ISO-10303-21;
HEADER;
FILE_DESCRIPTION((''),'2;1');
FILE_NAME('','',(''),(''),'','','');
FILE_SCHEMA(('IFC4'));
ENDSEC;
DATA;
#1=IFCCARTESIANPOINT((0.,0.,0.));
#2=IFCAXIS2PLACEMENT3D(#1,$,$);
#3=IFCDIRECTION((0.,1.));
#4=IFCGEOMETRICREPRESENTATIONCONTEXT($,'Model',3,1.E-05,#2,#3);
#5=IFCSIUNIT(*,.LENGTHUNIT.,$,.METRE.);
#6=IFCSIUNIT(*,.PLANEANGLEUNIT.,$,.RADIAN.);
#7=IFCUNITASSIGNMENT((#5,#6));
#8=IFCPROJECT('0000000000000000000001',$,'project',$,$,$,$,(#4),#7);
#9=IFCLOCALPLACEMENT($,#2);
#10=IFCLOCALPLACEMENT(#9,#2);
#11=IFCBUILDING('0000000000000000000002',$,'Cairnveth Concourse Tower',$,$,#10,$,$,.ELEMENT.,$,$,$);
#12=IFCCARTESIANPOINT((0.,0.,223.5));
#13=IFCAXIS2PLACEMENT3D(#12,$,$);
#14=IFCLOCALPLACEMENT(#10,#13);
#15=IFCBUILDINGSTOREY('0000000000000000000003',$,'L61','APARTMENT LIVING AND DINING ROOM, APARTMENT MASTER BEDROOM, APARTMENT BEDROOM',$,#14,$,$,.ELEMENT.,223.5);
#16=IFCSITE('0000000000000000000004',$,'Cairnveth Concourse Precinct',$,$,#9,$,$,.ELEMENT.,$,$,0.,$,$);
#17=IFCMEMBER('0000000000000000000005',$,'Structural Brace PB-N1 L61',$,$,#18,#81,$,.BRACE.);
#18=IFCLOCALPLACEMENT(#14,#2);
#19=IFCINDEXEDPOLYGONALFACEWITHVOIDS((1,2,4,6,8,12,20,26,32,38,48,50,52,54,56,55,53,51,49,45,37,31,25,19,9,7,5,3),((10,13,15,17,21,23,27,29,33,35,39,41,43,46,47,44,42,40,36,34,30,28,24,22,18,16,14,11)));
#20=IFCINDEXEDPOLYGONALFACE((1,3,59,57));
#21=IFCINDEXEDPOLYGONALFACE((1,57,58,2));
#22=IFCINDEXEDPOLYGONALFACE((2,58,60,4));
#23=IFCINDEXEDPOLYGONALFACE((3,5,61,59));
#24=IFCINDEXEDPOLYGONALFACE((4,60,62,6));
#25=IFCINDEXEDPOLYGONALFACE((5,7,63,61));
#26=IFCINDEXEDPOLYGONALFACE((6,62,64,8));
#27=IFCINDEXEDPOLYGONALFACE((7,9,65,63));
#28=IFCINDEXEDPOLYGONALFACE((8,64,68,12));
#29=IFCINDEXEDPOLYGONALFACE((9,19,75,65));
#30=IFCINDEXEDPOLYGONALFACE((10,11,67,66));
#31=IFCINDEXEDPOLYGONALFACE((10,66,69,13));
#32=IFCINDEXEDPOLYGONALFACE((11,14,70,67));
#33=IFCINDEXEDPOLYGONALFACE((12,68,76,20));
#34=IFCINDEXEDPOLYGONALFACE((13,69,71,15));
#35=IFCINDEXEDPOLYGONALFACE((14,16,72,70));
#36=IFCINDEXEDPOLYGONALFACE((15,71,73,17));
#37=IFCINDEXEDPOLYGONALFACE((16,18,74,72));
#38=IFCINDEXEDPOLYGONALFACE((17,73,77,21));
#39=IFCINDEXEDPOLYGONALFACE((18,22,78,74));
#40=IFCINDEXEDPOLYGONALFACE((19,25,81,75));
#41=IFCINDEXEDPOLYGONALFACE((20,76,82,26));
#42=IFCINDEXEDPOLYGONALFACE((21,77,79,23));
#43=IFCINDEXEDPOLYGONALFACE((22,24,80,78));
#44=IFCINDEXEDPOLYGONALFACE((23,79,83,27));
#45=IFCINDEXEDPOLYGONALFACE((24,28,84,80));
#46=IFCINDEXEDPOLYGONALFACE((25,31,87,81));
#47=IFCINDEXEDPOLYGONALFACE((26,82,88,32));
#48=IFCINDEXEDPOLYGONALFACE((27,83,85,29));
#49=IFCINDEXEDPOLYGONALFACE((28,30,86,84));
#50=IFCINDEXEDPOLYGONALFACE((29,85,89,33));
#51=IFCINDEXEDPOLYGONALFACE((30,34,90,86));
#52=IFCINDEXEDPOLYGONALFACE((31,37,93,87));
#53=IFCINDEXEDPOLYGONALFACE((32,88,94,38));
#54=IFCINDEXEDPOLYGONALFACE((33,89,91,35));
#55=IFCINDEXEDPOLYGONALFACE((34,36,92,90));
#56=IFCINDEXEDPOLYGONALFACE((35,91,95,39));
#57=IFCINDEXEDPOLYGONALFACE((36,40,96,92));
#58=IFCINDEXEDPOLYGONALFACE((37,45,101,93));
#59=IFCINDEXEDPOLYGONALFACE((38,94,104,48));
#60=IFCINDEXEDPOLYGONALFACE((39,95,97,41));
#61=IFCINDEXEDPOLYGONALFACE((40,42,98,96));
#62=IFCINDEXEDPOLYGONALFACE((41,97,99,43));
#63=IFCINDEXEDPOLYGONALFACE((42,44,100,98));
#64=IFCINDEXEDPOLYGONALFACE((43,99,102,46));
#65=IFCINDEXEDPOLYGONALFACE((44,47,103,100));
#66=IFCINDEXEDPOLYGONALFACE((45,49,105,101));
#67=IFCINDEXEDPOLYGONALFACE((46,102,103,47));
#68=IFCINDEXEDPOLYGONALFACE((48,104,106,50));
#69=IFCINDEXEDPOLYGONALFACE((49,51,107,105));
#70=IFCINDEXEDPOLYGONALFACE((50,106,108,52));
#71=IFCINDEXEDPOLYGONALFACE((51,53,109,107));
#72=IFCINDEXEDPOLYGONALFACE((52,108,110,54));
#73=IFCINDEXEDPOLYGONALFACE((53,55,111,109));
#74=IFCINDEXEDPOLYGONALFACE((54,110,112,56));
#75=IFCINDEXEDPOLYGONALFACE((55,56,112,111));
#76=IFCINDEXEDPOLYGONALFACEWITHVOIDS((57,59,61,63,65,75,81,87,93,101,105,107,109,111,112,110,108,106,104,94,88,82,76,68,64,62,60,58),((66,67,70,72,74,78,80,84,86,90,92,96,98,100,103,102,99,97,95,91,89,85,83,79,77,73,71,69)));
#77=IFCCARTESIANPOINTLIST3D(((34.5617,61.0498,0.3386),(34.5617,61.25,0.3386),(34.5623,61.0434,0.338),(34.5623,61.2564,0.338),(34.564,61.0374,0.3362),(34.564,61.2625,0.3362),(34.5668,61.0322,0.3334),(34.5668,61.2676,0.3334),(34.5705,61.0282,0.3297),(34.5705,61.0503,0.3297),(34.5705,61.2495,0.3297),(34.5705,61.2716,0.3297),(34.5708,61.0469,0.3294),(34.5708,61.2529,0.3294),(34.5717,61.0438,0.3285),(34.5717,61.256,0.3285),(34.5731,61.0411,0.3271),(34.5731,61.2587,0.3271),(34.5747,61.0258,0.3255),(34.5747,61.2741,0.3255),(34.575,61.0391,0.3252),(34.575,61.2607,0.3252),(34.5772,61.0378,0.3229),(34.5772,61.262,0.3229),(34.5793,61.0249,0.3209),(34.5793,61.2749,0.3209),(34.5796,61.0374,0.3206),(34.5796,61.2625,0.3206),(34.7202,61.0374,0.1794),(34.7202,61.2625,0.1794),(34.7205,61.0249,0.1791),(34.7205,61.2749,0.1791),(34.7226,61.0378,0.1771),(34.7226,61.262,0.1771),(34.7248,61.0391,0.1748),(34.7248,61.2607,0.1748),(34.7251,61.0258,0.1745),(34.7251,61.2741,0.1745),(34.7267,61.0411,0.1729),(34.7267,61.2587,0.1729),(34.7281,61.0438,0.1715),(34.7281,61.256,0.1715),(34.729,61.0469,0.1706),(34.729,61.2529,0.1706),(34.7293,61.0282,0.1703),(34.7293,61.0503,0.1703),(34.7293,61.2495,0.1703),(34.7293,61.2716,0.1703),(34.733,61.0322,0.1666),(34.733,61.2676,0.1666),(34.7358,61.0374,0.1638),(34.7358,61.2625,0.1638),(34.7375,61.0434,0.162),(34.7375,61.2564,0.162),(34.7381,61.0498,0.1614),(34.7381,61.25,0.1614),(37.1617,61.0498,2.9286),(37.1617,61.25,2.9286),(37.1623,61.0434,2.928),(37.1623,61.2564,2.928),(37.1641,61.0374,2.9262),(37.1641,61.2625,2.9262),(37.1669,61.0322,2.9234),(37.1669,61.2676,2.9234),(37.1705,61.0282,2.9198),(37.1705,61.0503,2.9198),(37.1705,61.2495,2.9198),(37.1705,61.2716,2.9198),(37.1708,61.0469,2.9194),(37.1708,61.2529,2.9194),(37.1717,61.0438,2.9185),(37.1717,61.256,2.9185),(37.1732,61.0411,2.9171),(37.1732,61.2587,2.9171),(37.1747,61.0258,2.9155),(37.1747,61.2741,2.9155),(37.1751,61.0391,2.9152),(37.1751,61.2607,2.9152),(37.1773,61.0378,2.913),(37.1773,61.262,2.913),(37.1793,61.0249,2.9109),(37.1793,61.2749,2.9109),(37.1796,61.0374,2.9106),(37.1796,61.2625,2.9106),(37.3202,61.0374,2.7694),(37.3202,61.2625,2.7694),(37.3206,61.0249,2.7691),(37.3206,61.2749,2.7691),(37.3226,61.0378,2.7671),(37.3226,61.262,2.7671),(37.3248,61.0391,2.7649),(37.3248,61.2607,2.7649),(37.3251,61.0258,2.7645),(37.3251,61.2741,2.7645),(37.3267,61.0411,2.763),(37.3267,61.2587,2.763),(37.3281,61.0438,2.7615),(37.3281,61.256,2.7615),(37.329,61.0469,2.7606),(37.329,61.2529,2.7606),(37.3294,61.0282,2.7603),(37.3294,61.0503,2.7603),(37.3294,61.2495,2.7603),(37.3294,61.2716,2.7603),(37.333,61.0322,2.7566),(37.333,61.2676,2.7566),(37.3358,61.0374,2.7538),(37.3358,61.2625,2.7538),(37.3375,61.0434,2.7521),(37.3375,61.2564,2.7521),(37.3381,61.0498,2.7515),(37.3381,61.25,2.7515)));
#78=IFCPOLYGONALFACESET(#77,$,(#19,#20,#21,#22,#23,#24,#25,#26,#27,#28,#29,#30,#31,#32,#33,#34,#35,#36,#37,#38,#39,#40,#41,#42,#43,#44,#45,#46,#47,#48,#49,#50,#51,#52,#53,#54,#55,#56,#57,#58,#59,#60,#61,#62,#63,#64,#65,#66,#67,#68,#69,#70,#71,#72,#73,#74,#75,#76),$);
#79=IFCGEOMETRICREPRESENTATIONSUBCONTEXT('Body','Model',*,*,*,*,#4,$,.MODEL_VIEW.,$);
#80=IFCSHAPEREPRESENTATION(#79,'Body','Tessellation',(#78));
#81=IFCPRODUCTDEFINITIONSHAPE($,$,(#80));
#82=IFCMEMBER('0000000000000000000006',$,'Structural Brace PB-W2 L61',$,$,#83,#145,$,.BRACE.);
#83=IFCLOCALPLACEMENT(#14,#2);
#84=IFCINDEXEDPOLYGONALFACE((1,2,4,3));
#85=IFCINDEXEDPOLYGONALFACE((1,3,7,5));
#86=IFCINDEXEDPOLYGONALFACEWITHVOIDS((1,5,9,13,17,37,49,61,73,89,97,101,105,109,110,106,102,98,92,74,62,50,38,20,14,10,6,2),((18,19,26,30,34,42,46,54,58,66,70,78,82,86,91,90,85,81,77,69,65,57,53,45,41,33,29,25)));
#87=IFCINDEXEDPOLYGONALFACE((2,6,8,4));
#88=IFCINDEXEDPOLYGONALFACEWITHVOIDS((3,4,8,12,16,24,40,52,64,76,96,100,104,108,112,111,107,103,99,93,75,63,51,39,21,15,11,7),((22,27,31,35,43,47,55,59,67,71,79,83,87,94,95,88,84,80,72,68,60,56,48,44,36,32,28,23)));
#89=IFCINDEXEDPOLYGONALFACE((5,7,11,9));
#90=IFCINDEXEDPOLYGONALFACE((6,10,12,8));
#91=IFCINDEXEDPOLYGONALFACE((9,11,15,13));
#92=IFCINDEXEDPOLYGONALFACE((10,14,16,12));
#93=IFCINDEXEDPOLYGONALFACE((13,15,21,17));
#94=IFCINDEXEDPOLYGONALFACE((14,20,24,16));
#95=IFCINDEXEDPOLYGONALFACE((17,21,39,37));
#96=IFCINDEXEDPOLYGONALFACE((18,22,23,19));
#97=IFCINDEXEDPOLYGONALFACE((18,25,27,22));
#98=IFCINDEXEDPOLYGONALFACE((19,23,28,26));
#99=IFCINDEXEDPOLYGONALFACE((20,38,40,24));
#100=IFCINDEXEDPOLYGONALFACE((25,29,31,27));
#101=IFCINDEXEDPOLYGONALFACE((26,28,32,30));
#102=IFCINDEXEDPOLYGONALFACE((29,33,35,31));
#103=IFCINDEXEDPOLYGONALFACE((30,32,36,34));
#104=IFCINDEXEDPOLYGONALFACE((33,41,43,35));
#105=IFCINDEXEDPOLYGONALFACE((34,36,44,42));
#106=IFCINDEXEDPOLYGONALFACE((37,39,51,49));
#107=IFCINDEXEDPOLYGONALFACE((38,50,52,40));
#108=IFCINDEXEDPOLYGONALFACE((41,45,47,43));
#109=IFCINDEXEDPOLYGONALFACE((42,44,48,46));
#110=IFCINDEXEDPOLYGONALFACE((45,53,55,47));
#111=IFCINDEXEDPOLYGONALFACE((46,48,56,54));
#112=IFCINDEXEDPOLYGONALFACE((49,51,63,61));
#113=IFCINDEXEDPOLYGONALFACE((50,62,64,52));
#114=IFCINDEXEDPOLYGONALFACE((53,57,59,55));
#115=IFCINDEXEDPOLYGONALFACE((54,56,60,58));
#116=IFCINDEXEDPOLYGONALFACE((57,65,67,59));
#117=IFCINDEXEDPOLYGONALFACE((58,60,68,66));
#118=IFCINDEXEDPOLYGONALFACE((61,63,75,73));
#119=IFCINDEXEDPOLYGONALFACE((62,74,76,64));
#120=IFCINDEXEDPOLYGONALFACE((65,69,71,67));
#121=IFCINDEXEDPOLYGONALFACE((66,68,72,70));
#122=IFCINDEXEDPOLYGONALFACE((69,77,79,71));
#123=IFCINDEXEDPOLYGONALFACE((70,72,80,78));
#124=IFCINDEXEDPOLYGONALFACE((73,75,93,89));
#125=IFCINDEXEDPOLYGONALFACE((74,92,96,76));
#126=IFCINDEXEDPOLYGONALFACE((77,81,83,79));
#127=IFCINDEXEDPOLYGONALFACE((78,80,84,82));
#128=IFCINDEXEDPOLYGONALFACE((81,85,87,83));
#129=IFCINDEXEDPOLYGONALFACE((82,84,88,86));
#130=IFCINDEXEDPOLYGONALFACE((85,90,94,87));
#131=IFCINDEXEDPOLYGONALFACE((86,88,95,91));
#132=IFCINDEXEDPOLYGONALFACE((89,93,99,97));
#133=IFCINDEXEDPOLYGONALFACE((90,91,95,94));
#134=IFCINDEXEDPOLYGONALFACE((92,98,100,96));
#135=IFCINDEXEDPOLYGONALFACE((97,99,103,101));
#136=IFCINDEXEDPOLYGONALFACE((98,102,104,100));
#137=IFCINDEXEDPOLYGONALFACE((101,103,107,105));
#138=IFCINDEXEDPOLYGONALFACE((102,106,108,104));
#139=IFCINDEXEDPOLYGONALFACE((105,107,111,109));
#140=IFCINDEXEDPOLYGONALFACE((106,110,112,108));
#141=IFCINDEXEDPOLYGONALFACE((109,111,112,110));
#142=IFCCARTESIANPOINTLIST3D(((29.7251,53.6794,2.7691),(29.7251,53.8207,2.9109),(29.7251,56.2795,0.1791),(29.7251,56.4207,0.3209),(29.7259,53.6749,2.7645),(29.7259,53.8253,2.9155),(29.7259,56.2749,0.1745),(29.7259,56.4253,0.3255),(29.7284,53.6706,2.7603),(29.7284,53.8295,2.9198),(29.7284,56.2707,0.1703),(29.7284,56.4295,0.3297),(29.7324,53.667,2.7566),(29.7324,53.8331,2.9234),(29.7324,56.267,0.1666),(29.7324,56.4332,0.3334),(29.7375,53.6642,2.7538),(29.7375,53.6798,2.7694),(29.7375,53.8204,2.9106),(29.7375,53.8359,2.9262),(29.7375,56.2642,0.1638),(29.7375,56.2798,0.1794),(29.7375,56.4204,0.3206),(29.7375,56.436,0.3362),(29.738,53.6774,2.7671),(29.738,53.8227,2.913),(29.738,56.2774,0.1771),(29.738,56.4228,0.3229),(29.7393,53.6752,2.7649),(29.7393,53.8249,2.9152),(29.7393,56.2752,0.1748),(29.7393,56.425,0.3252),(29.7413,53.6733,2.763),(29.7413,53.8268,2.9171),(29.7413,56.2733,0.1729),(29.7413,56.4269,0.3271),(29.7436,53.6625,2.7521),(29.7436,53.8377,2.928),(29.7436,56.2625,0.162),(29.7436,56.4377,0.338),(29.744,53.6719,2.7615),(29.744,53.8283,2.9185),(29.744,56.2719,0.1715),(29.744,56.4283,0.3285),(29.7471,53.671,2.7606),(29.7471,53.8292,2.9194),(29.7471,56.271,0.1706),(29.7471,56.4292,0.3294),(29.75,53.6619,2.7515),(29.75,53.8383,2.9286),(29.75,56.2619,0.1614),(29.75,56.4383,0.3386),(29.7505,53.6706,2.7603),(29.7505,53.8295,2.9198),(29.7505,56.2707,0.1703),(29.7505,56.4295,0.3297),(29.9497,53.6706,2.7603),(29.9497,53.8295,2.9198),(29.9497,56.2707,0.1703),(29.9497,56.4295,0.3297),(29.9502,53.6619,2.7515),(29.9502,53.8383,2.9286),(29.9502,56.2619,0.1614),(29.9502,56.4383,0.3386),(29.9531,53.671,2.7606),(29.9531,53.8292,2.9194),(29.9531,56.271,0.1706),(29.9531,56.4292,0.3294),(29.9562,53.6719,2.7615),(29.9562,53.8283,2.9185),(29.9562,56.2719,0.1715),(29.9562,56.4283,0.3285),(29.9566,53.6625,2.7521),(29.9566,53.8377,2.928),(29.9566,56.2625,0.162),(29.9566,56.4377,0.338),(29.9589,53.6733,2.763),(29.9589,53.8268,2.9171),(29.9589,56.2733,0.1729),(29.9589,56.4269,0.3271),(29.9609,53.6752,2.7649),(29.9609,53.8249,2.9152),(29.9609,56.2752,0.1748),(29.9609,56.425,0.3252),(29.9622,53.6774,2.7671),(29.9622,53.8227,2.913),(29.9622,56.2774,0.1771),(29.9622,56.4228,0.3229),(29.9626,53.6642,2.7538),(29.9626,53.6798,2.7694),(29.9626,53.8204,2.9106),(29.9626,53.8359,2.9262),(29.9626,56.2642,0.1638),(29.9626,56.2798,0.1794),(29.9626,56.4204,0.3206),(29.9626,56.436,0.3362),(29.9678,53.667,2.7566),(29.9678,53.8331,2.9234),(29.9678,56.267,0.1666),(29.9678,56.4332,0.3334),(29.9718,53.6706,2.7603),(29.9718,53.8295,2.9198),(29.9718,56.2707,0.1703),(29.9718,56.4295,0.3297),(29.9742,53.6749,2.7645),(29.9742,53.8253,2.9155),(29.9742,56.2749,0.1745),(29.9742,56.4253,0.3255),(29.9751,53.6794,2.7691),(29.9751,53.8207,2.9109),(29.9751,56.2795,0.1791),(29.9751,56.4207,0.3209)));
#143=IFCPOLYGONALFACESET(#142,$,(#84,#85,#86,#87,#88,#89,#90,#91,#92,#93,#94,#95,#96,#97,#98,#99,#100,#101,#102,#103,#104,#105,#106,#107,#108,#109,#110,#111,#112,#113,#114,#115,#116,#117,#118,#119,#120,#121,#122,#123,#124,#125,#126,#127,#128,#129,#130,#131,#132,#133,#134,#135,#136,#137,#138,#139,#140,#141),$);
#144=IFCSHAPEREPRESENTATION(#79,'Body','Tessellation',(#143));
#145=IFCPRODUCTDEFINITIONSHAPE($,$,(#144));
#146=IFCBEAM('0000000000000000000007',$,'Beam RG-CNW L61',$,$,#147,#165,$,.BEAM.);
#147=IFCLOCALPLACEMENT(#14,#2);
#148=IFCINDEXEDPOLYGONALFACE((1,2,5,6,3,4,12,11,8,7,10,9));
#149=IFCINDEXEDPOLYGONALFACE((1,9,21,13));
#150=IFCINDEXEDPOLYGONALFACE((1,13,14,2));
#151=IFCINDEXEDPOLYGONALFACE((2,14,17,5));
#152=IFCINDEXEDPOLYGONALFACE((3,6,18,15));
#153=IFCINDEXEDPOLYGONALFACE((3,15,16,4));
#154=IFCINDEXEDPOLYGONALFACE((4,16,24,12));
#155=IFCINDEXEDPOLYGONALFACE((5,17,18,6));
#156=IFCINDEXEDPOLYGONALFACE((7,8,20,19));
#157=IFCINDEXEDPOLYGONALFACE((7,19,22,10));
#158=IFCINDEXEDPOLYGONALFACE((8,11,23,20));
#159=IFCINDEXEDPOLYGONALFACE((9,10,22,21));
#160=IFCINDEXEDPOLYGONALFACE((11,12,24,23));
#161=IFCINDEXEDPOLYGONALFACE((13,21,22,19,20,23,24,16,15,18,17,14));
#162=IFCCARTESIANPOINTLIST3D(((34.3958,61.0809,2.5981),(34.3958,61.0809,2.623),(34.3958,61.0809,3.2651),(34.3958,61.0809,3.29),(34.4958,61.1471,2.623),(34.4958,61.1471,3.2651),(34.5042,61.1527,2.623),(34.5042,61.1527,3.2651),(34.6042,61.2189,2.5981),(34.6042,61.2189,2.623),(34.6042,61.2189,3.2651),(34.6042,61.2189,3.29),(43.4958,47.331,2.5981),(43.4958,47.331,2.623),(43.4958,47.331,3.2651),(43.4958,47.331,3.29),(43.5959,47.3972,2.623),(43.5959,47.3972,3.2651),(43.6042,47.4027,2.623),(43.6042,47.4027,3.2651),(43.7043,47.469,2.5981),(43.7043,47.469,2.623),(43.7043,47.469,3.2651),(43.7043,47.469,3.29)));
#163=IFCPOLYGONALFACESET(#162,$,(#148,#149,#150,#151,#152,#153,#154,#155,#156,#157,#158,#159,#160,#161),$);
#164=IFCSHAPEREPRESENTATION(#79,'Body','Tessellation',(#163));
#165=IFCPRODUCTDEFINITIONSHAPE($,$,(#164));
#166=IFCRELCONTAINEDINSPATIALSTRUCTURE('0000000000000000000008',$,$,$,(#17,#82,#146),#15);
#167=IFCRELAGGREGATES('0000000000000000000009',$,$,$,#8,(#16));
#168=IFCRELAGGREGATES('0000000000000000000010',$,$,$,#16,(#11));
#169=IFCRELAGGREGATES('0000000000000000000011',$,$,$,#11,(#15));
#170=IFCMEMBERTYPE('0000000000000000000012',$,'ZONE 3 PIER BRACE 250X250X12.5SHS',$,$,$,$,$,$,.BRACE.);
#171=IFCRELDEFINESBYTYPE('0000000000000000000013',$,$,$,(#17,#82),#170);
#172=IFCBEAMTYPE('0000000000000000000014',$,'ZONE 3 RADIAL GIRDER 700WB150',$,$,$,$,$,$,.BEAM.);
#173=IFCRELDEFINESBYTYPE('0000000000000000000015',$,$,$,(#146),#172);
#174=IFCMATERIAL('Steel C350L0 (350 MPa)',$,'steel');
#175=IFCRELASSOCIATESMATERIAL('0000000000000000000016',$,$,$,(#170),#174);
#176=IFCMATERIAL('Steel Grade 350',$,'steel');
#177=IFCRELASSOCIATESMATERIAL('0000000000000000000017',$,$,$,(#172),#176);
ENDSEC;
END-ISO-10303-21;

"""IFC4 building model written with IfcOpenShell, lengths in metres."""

from ifc_helpers import new_model, si_unit, direction, frame, origin, origin_2d, place, context, subcontext, project, spatial, hollow_rectangle, i_section, extrude, material, material_profile, profile_set, type_object, element, save


model = new_model("IFC4")

# Units and contexts
model_context = context("Model", 3, precision=1e-05, world=origin(), true_north=direction((0.0, 1.0)))
body_context = subcontext(model_context, "Body", "Model", "MODEL_VIEW")
ifc_project = project(units=[si_unit("LENGTHUNIT", "METRE"), si_unit("PLANEANGLEUNIT", "RADIAN")], contexts=[model_context])

# Site, building, storey
site_placement = place(None, origin())
site = spatial("IfcSite", under=ifc_project, at=site_placement, Name="Cairnveth Concourse Precinct", CompositionType="ELEMENT", RefElevation=0.0)
building_placement = place(site_placement, origin())
building = spatial("IfcBuilding", under=site, at=building_placement, Name="Cairnveth Concourse Tower", CompositionType="ELEMENT")
storey_placement = place(building_placement, frame((0.0, 0.0, 223.5)))
storey = spatial("IfcBuildingStorey", under=building, at=storey_placement, Name="L61", Description="APARTMENT LIVING AND DINING ROOM, APARTMENT MASTER BEDROOM, APARTMENT BEDROOM", CompositionType="ELEMENT", Elevation=223.5)

# Shared definitions
ifc_material_1 = material(Name="Steel Grade 350", Category="steel")

# Members
ifc_material_2 = material(Name="Steel C350L0 (350 MPa)", Category="steel")
ifc_material_profile_1 = material_profile(ifc_material_2, hollow_rectangle(XDim=0.25, YDim=0.25, WallThickness=0.0125, InnerFilletRadius=0.0129, OuterFilletRadius=0.0249, at=origin_2d()), Name="250x250x12.5SHS")
ifc_profile_set_1 = profile_set([ifc_material_profile_1], Name="Steel C350L0 (350 MPa)")
member_type = type_object("IfcMemberType", Name="ZONE 3 PIER BRACE 250X250X12.5SHS", PredefinedType="BRACE", material=ifc_profile_set_1)
for number, where, z_axis, x_axis, name in (
    (1, (34.6499, 61.1499, 0.25), (0.708469, 0.0, 0.705742), (0.0, 1.0, 0.0), "Structural Brace PB-N1 L61"),
    (2, (29.8501, 56.3501, 0.25), (0.0, -0.708469, 0.705742), (1.0, 0.0, 0.0), "Structural Brace PB-W2 L61"),
):
    element("IfcMember", number, at=place(storey_placement, frame(where, z_axis=z_axis, x_axis=x_axis)), inside=storey, type_object=member_type, Name=name, PredefinedType="BRACE", context=body_context, shape_type="SweptSolid", body=[
        extrude(hollow_rectangle(XDim=0.25, YDim=0.25, WallThickness=0.0125, InnerFilletRadius=0.0129, OuterFilletRadius=0.0249, at=origin_2d()), origin(), (0.0, 0.0, 1.0), 3.6699),
    ])

# Beam
ifc_material_profile_2 = material_profile(ifc_material_1, i_section(OverallWidth=0.25, OverallDepth=0.6919, WebThickness=0.01, FlangeThickness=0.0249, at=origin_2d()), Name="700WB150")
ifc_profile_set_2 = profile_set([ifc_material_profile_2], Name="Steel Grade 350")
beam_type_1 = type_object("IfcBeamType", Name="ZONE 3 RADIAL GIRDER 700WB150", PredefinedType="BEAM", material=ifc_profile_set_2)
beam_1_placement = place(storey_placement, frame((34.5, 61.1499, 2.9441), z_axis=(0.551902, -0.833909, 0.0), x_axis=(0.833909, 0.551902, 0.0)))
element("IfcBeam", 3, at=beam_1_placement, inside=storey, type_object=beam_type_1, Name="Beam RG-CNW L61", PredefinedType="BEAM", context=body_context, shape_type="SweptSolid", body=[
    extrude(i_section(OverallWidth=0.25, OverallDepth=0.6919, WebThickness=0.01, FlangeThickness=0.0249, at=origin_2d()), origin(), (0.0, 0.0, 1.0), 16.4885),
])

save(model, "model.ifc")
